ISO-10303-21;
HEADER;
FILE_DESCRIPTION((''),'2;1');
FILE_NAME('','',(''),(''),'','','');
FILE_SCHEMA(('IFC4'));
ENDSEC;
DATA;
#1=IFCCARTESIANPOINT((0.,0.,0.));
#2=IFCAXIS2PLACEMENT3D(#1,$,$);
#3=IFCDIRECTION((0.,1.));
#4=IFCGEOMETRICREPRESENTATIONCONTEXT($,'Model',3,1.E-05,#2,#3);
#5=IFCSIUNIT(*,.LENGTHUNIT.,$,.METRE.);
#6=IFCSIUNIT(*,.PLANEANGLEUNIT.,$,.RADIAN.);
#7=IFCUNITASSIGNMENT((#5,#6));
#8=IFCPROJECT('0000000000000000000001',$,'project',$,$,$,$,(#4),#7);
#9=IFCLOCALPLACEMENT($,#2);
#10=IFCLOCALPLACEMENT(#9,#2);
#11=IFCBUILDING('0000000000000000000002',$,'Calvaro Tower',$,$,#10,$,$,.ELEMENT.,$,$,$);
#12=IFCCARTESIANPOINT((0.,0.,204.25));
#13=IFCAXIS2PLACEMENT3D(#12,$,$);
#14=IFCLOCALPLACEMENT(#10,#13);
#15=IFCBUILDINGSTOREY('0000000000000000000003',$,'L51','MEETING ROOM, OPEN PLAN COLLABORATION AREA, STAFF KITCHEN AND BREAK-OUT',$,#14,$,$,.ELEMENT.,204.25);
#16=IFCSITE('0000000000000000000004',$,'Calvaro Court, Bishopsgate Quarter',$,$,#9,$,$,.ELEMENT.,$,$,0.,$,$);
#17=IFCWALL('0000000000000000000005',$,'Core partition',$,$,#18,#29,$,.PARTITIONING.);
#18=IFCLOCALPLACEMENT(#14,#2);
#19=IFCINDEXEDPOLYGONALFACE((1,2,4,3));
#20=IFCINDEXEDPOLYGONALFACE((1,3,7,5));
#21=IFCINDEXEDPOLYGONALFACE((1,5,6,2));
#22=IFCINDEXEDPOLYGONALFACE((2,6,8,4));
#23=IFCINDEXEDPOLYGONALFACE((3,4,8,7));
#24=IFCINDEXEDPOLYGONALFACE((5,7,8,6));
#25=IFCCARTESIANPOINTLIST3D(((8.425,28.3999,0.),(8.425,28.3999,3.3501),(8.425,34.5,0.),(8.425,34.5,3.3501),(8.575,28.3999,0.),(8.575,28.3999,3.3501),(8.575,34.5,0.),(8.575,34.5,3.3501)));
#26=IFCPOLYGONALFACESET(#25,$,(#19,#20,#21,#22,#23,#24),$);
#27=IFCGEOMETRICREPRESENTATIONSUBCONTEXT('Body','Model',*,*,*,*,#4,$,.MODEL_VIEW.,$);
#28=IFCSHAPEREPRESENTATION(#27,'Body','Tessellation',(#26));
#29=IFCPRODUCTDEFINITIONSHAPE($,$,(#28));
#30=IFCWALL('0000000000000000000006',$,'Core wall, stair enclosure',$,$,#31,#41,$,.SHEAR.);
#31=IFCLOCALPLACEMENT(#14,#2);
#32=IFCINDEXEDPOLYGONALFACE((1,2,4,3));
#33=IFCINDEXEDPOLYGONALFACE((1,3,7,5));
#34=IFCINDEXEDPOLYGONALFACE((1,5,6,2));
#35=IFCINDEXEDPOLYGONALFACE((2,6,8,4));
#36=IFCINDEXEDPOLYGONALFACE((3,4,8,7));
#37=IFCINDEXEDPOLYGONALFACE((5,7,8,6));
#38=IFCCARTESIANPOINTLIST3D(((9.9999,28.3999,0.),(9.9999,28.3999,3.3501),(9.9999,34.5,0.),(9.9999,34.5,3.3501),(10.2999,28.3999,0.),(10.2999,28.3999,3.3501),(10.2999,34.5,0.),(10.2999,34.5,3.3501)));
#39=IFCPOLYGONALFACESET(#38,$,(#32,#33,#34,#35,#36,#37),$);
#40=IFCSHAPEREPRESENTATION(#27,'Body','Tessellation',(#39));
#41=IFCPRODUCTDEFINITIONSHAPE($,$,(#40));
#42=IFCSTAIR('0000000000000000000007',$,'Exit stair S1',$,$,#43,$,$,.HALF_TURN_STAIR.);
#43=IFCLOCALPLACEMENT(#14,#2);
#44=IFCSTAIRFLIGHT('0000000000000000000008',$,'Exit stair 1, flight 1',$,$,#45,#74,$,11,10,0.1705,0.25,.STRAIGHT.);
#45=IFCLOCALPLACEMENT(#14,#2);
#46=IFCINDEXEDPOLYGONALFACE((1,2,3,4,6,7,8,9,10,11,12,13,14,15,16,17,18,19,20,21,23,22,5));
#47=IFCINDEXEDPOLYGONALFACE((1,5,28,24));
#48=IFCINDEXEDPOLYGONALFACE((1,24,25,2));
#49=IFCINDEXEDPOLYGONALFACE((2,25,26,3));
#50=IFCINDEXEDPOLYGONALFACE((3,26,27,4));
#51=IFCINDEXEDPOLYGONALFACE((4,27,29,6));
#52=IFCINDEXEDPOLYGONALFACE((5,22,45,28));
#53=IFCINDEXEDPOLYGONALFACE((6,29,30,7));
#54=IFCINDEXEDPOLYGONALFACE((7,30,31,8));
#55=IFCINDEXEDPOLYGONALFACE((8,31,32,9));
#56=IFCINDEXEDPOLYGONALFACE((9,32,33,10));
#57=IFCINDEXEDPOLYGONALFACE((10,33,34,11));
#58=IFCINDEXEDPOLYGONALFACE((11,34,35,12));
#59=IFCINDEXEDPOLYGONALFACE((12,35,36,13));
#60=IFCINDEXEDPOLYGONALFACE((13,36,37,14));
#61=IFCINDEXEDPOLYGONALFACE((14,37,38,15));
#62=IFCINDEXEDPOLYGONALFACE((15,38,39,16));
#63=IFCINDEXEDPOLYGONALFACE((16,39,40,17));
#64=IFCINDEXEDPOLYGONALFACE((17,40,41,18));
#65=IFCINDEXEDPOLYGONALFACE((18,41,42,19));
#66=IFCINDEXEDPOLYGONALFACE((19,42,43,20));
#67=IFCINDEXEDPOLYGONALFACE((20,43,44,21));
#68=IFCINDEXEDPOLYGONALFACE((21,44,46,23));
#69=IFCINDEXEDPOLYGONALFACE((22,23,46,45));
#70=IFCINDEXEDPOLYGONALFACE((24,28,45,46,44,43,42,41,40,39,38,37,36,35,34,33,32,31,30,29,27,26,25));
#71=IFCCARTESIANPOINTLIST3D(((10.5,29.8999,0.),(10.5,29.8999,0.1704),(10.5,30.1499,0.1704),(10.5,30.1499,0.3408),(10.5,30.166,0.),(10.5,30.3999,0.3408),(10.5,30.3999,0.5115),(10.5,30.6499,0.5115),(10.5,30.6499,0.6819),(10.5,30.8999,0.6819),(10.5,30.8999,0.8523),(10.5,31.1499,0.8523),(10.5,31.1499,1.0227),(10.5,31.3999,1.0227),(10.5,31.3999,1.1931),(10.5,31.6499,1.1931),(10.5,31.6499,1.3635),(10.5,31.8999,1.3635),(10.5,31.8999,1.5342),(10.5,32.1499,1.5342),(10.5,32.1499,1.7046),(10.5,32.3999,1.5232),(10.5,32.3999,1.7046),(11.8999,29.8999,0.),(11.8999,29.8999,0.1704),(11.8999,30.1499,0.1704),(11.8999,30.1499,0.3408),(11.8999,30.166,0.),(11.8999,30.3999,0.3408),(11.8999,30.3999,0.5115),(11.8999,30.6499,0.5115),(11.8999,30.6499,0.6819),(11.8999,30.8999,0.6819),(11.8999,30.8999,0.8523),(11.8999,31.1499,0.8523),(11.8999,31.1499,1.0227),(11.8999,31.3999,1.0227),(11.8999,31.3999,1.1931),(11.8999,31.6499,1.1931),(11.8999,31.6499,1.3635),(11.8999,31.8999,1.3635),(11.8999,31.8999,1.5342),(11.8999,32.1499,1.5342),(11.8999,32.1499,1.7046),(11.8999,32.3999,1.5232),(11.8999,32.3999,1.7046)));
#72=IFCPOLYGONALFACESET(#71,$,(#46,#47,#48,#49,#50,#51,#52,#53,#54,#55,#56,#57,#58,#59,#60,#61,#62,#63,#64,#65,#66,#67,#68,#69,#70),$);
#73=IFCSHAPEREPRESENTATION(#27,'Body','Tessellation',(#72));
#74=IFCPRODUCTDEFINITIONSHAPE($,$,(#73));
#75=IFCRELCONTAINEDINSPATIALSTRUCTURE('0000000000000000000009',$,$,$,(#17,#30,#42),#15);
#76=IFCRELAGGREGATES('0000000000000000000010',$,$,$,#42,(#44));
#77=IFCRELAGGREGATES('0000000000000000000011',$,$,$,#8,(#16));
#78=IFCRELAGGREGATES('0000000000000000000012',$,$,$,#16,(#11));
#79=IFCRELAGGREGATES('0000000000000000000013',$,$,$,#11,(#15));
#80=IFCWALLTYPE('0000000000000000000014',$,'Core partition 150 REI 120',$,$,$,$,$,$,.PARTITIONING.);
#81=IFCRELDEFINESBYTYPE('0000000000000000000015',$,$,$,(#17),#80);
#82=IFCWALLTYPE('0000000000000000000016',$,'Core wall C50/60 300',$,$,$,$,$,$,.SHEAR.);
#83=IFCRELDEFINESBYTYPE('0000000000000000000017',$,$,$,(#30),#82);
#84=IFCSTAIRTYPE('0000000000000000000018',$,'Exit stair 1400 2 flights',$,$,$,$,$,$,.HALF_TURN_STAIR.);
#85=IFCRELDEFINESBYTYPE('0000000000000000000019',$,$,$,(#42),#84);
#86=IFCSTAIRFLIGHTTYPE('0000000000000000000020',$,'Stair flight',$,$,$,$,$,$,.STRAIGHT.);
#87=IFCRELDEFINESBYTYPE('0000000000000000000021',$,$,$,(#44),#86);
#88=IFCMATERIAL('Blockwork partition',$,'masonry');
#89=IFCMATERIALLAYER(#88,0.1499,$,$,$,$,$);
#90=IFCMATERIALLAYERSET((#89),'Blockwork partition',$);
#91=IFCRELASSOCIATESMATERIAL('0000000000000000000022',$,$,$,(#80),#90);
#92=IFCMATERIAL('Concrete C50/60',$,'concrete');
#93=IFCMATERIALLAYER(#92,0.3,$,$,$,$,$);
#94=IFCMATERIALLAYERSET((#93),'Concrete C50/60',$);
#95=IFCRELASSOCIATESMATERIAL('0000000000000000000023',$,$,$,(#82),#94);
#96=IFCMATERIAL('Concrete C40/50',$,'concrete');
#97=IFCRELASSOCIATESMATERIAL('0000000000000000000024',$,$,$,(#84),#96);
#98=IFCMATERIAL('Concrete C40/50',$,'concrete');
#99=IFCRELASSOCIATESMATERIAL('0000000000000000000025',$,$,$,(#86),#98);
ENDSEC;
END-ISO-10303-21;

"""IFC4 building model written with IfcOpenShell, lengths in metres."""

from ifc_helpers import new_model, si_unit, direction, frame, frame_2d, origin, place, context, subcontext, project, spatial, polyline, rectangle, outline, extrude, material, layer, layer_set, type_object, element, aggregate, save


model = new_model("IFC4")

# Units and contexts
model_context = context("Model", 3, precision=1e-05, world=origin(), true_north=direction((0.0, 1.0)))
body_context = subcontext(model_context, "Body", "Model", "MODEL_VIEW")
ifc_project = project(units=[si_unit("LENGTHUNIT", "METRE"), si_unit("PLANEANGLEUNIT", "RADIAN")], contexts=[model_context])

# Site, building, storey
site_placement = place(None, origin())
site = spatial("IfcSite", under=ifc_project, at=site_placement, Name="Calvaro Court, Bishopsgate Quarter", CompositionType="ELEMENT", RefElevation=0.0)
building_placement = place(site_placement, origin())
building = spatial("IfcBuilding", under=site, at=building_placement, Name="Calvaro Tower", CompositionType="ELEMENT")
storey_placement = place(building_placement, frame((0.0, 0.0, 204.25)))
storey = spatial("IfcBuildingStorey", under=building, at=storey_placement, Name="L51", Description="MEETING ROOM, OPEN PLAN COLLABORATION AREA, STAFF KITCHEN AND BREAK-OUT", CompositionType="ELEMENT", Elevation=204.25)

# Walls
ifc_material_1 = material(Name="Blockwork partition", Category="masonry")
ifc_layer_1 = layer(ifc_material_1, 0.1499)
ifc_layer_set_1 = layer_set([ifc_layer_1], Name="Blockwork partition")
wall_type_1 = type_object("IfcWallType", Name="Core partition 150 REI 120", PredefinedType="PARTITIONING", material=ifc_layer_set_1)
wall_1_placement = place(storey_placement, frame((8.5, 28.3999, 0.0), z_axis=(0.0, 0.0, 1.0), x_axis=(0.0, 1.0, 0.0)))
element("IfcWall", 1, at=wall_1_placement, inside=storey, type_object=wall_type_1, Name="Core partition", PredefinedType="PARTITIONING", context=body_context, shape_type="SweptSolid", body=[
    extrude(rectangle(XDim=6.1001, YDim=0.1499, at=frame_2d((3.05, 0.0))), origin(), (0.0, 0.0, 1.0), 3.3501),
])
ifc_material_2 = material(Name="Concrete C50/60", Category="concrete")
ifc_layer_2 = layer(ifc_material_2, 0.3)
ifc_layer_set_2 = layer_set([ifc_layer_2], Name="Concrete C50/60")
wall_type_2 = type_object("IfcWallType", Name="Core wall C50/60 300", PredefinedType="SHEAR", material=ifc_layer_set_2)
wall_2_placement = place(storey_placement, frame((10.1499, 28.3999, 0.0), z_axis=(0.0, 0.0, 1.0), x_axis=(0.0, 1.0, 0.0)))
element("IfcWall", 2, at=wall_2_placement, inside=storey, type_object=wall_type_2, Name="Core wall, stair enclosure", PredefinedType="SHEAR", context=body_context, shape_type="SweptSolid", body=[
    extrude(rectangle(XDim=6.1001, YDim=0.3, at=frame_2d((3.05, 0.0))), origin(), (0.0, 0.0, 1.0), 3.3501),
])

# Stair, stair flight
ifc_material_3 = material(Name="Concrete C40/50", Category="concrete")
stair_type = type_object("IfcStairType", Name="Exit stair 1400 2 flights", PredefinedType="HALF_TURN_STAIR", material=ifc_material_3)
stair_placement = place(storey_placement, origin())
stair = element("IfcStair", 3, at=stair_placement, inside=storey, type_object=stair_type, Name="Exit stair S1", PredefinedType="HALF_TURN_STAIR")
ifc_material_4 = material(Name="Concrete C40/50", Category="concrete")
stair_flight_type = type_object("IfcStairFlightType", Name="Stair flight", PredefinedType="STRAIGHT", material=ifc_material_4)
stair_flight_placement = place(storey_placement, frame((11.2, 29.8999, 0.0), z_axis=(0.0, 0.0, 1.0), x_axis=(0.0, 1.0, 0.0)))
stair_flight = element("IfcStairFlight", 4, at=stair_flight_placement, type_object=stair_flight_type, Name="Exit stair 1, flight 1", NumberOfRisers=11, NumberOfTreads=10, PredefinedType="STRAIGHT", RiserHeight=0.1705, TreadLength=0.25, context=body_context, shape_type="SweptSolid", body=[
    extrude(outline(polyline([(0.0, 0.0), (0.0, 0.1704), (0.25, 0.1704), (0.25, 0.3408), (0.5, 0.3408), (0.5, 0.5115), (0.75, 0.5115), (0.75, 0.6819), (1.0, 0.6819), (1.0, 0.8523), (1.25, 0.8523), (1.25, 1.0227), (1.5, 1.0227), (1.5, 1.1931), (1.75, 1.1931), (1.75, 1.3635), (2.0, 1.3635), (2.0, 1.5342), (2.25, 1.5342), (2.25, 1.7046), (2.5, 1.7046), (2.5, 1.875), (2.5, 1.5232), (0.2661, 0.0), (0.0, 0.0)])), frame((0.0, 0.7, 0.0), z_axis=(0.0, -1.0, 0.0), x_axis=(1.0, 0.0, 0.0)), (0.0, 0.0, 1.0), 1.3999),
])
aggregate(stair, [stair_flight])

save(model, "model.ifc")
